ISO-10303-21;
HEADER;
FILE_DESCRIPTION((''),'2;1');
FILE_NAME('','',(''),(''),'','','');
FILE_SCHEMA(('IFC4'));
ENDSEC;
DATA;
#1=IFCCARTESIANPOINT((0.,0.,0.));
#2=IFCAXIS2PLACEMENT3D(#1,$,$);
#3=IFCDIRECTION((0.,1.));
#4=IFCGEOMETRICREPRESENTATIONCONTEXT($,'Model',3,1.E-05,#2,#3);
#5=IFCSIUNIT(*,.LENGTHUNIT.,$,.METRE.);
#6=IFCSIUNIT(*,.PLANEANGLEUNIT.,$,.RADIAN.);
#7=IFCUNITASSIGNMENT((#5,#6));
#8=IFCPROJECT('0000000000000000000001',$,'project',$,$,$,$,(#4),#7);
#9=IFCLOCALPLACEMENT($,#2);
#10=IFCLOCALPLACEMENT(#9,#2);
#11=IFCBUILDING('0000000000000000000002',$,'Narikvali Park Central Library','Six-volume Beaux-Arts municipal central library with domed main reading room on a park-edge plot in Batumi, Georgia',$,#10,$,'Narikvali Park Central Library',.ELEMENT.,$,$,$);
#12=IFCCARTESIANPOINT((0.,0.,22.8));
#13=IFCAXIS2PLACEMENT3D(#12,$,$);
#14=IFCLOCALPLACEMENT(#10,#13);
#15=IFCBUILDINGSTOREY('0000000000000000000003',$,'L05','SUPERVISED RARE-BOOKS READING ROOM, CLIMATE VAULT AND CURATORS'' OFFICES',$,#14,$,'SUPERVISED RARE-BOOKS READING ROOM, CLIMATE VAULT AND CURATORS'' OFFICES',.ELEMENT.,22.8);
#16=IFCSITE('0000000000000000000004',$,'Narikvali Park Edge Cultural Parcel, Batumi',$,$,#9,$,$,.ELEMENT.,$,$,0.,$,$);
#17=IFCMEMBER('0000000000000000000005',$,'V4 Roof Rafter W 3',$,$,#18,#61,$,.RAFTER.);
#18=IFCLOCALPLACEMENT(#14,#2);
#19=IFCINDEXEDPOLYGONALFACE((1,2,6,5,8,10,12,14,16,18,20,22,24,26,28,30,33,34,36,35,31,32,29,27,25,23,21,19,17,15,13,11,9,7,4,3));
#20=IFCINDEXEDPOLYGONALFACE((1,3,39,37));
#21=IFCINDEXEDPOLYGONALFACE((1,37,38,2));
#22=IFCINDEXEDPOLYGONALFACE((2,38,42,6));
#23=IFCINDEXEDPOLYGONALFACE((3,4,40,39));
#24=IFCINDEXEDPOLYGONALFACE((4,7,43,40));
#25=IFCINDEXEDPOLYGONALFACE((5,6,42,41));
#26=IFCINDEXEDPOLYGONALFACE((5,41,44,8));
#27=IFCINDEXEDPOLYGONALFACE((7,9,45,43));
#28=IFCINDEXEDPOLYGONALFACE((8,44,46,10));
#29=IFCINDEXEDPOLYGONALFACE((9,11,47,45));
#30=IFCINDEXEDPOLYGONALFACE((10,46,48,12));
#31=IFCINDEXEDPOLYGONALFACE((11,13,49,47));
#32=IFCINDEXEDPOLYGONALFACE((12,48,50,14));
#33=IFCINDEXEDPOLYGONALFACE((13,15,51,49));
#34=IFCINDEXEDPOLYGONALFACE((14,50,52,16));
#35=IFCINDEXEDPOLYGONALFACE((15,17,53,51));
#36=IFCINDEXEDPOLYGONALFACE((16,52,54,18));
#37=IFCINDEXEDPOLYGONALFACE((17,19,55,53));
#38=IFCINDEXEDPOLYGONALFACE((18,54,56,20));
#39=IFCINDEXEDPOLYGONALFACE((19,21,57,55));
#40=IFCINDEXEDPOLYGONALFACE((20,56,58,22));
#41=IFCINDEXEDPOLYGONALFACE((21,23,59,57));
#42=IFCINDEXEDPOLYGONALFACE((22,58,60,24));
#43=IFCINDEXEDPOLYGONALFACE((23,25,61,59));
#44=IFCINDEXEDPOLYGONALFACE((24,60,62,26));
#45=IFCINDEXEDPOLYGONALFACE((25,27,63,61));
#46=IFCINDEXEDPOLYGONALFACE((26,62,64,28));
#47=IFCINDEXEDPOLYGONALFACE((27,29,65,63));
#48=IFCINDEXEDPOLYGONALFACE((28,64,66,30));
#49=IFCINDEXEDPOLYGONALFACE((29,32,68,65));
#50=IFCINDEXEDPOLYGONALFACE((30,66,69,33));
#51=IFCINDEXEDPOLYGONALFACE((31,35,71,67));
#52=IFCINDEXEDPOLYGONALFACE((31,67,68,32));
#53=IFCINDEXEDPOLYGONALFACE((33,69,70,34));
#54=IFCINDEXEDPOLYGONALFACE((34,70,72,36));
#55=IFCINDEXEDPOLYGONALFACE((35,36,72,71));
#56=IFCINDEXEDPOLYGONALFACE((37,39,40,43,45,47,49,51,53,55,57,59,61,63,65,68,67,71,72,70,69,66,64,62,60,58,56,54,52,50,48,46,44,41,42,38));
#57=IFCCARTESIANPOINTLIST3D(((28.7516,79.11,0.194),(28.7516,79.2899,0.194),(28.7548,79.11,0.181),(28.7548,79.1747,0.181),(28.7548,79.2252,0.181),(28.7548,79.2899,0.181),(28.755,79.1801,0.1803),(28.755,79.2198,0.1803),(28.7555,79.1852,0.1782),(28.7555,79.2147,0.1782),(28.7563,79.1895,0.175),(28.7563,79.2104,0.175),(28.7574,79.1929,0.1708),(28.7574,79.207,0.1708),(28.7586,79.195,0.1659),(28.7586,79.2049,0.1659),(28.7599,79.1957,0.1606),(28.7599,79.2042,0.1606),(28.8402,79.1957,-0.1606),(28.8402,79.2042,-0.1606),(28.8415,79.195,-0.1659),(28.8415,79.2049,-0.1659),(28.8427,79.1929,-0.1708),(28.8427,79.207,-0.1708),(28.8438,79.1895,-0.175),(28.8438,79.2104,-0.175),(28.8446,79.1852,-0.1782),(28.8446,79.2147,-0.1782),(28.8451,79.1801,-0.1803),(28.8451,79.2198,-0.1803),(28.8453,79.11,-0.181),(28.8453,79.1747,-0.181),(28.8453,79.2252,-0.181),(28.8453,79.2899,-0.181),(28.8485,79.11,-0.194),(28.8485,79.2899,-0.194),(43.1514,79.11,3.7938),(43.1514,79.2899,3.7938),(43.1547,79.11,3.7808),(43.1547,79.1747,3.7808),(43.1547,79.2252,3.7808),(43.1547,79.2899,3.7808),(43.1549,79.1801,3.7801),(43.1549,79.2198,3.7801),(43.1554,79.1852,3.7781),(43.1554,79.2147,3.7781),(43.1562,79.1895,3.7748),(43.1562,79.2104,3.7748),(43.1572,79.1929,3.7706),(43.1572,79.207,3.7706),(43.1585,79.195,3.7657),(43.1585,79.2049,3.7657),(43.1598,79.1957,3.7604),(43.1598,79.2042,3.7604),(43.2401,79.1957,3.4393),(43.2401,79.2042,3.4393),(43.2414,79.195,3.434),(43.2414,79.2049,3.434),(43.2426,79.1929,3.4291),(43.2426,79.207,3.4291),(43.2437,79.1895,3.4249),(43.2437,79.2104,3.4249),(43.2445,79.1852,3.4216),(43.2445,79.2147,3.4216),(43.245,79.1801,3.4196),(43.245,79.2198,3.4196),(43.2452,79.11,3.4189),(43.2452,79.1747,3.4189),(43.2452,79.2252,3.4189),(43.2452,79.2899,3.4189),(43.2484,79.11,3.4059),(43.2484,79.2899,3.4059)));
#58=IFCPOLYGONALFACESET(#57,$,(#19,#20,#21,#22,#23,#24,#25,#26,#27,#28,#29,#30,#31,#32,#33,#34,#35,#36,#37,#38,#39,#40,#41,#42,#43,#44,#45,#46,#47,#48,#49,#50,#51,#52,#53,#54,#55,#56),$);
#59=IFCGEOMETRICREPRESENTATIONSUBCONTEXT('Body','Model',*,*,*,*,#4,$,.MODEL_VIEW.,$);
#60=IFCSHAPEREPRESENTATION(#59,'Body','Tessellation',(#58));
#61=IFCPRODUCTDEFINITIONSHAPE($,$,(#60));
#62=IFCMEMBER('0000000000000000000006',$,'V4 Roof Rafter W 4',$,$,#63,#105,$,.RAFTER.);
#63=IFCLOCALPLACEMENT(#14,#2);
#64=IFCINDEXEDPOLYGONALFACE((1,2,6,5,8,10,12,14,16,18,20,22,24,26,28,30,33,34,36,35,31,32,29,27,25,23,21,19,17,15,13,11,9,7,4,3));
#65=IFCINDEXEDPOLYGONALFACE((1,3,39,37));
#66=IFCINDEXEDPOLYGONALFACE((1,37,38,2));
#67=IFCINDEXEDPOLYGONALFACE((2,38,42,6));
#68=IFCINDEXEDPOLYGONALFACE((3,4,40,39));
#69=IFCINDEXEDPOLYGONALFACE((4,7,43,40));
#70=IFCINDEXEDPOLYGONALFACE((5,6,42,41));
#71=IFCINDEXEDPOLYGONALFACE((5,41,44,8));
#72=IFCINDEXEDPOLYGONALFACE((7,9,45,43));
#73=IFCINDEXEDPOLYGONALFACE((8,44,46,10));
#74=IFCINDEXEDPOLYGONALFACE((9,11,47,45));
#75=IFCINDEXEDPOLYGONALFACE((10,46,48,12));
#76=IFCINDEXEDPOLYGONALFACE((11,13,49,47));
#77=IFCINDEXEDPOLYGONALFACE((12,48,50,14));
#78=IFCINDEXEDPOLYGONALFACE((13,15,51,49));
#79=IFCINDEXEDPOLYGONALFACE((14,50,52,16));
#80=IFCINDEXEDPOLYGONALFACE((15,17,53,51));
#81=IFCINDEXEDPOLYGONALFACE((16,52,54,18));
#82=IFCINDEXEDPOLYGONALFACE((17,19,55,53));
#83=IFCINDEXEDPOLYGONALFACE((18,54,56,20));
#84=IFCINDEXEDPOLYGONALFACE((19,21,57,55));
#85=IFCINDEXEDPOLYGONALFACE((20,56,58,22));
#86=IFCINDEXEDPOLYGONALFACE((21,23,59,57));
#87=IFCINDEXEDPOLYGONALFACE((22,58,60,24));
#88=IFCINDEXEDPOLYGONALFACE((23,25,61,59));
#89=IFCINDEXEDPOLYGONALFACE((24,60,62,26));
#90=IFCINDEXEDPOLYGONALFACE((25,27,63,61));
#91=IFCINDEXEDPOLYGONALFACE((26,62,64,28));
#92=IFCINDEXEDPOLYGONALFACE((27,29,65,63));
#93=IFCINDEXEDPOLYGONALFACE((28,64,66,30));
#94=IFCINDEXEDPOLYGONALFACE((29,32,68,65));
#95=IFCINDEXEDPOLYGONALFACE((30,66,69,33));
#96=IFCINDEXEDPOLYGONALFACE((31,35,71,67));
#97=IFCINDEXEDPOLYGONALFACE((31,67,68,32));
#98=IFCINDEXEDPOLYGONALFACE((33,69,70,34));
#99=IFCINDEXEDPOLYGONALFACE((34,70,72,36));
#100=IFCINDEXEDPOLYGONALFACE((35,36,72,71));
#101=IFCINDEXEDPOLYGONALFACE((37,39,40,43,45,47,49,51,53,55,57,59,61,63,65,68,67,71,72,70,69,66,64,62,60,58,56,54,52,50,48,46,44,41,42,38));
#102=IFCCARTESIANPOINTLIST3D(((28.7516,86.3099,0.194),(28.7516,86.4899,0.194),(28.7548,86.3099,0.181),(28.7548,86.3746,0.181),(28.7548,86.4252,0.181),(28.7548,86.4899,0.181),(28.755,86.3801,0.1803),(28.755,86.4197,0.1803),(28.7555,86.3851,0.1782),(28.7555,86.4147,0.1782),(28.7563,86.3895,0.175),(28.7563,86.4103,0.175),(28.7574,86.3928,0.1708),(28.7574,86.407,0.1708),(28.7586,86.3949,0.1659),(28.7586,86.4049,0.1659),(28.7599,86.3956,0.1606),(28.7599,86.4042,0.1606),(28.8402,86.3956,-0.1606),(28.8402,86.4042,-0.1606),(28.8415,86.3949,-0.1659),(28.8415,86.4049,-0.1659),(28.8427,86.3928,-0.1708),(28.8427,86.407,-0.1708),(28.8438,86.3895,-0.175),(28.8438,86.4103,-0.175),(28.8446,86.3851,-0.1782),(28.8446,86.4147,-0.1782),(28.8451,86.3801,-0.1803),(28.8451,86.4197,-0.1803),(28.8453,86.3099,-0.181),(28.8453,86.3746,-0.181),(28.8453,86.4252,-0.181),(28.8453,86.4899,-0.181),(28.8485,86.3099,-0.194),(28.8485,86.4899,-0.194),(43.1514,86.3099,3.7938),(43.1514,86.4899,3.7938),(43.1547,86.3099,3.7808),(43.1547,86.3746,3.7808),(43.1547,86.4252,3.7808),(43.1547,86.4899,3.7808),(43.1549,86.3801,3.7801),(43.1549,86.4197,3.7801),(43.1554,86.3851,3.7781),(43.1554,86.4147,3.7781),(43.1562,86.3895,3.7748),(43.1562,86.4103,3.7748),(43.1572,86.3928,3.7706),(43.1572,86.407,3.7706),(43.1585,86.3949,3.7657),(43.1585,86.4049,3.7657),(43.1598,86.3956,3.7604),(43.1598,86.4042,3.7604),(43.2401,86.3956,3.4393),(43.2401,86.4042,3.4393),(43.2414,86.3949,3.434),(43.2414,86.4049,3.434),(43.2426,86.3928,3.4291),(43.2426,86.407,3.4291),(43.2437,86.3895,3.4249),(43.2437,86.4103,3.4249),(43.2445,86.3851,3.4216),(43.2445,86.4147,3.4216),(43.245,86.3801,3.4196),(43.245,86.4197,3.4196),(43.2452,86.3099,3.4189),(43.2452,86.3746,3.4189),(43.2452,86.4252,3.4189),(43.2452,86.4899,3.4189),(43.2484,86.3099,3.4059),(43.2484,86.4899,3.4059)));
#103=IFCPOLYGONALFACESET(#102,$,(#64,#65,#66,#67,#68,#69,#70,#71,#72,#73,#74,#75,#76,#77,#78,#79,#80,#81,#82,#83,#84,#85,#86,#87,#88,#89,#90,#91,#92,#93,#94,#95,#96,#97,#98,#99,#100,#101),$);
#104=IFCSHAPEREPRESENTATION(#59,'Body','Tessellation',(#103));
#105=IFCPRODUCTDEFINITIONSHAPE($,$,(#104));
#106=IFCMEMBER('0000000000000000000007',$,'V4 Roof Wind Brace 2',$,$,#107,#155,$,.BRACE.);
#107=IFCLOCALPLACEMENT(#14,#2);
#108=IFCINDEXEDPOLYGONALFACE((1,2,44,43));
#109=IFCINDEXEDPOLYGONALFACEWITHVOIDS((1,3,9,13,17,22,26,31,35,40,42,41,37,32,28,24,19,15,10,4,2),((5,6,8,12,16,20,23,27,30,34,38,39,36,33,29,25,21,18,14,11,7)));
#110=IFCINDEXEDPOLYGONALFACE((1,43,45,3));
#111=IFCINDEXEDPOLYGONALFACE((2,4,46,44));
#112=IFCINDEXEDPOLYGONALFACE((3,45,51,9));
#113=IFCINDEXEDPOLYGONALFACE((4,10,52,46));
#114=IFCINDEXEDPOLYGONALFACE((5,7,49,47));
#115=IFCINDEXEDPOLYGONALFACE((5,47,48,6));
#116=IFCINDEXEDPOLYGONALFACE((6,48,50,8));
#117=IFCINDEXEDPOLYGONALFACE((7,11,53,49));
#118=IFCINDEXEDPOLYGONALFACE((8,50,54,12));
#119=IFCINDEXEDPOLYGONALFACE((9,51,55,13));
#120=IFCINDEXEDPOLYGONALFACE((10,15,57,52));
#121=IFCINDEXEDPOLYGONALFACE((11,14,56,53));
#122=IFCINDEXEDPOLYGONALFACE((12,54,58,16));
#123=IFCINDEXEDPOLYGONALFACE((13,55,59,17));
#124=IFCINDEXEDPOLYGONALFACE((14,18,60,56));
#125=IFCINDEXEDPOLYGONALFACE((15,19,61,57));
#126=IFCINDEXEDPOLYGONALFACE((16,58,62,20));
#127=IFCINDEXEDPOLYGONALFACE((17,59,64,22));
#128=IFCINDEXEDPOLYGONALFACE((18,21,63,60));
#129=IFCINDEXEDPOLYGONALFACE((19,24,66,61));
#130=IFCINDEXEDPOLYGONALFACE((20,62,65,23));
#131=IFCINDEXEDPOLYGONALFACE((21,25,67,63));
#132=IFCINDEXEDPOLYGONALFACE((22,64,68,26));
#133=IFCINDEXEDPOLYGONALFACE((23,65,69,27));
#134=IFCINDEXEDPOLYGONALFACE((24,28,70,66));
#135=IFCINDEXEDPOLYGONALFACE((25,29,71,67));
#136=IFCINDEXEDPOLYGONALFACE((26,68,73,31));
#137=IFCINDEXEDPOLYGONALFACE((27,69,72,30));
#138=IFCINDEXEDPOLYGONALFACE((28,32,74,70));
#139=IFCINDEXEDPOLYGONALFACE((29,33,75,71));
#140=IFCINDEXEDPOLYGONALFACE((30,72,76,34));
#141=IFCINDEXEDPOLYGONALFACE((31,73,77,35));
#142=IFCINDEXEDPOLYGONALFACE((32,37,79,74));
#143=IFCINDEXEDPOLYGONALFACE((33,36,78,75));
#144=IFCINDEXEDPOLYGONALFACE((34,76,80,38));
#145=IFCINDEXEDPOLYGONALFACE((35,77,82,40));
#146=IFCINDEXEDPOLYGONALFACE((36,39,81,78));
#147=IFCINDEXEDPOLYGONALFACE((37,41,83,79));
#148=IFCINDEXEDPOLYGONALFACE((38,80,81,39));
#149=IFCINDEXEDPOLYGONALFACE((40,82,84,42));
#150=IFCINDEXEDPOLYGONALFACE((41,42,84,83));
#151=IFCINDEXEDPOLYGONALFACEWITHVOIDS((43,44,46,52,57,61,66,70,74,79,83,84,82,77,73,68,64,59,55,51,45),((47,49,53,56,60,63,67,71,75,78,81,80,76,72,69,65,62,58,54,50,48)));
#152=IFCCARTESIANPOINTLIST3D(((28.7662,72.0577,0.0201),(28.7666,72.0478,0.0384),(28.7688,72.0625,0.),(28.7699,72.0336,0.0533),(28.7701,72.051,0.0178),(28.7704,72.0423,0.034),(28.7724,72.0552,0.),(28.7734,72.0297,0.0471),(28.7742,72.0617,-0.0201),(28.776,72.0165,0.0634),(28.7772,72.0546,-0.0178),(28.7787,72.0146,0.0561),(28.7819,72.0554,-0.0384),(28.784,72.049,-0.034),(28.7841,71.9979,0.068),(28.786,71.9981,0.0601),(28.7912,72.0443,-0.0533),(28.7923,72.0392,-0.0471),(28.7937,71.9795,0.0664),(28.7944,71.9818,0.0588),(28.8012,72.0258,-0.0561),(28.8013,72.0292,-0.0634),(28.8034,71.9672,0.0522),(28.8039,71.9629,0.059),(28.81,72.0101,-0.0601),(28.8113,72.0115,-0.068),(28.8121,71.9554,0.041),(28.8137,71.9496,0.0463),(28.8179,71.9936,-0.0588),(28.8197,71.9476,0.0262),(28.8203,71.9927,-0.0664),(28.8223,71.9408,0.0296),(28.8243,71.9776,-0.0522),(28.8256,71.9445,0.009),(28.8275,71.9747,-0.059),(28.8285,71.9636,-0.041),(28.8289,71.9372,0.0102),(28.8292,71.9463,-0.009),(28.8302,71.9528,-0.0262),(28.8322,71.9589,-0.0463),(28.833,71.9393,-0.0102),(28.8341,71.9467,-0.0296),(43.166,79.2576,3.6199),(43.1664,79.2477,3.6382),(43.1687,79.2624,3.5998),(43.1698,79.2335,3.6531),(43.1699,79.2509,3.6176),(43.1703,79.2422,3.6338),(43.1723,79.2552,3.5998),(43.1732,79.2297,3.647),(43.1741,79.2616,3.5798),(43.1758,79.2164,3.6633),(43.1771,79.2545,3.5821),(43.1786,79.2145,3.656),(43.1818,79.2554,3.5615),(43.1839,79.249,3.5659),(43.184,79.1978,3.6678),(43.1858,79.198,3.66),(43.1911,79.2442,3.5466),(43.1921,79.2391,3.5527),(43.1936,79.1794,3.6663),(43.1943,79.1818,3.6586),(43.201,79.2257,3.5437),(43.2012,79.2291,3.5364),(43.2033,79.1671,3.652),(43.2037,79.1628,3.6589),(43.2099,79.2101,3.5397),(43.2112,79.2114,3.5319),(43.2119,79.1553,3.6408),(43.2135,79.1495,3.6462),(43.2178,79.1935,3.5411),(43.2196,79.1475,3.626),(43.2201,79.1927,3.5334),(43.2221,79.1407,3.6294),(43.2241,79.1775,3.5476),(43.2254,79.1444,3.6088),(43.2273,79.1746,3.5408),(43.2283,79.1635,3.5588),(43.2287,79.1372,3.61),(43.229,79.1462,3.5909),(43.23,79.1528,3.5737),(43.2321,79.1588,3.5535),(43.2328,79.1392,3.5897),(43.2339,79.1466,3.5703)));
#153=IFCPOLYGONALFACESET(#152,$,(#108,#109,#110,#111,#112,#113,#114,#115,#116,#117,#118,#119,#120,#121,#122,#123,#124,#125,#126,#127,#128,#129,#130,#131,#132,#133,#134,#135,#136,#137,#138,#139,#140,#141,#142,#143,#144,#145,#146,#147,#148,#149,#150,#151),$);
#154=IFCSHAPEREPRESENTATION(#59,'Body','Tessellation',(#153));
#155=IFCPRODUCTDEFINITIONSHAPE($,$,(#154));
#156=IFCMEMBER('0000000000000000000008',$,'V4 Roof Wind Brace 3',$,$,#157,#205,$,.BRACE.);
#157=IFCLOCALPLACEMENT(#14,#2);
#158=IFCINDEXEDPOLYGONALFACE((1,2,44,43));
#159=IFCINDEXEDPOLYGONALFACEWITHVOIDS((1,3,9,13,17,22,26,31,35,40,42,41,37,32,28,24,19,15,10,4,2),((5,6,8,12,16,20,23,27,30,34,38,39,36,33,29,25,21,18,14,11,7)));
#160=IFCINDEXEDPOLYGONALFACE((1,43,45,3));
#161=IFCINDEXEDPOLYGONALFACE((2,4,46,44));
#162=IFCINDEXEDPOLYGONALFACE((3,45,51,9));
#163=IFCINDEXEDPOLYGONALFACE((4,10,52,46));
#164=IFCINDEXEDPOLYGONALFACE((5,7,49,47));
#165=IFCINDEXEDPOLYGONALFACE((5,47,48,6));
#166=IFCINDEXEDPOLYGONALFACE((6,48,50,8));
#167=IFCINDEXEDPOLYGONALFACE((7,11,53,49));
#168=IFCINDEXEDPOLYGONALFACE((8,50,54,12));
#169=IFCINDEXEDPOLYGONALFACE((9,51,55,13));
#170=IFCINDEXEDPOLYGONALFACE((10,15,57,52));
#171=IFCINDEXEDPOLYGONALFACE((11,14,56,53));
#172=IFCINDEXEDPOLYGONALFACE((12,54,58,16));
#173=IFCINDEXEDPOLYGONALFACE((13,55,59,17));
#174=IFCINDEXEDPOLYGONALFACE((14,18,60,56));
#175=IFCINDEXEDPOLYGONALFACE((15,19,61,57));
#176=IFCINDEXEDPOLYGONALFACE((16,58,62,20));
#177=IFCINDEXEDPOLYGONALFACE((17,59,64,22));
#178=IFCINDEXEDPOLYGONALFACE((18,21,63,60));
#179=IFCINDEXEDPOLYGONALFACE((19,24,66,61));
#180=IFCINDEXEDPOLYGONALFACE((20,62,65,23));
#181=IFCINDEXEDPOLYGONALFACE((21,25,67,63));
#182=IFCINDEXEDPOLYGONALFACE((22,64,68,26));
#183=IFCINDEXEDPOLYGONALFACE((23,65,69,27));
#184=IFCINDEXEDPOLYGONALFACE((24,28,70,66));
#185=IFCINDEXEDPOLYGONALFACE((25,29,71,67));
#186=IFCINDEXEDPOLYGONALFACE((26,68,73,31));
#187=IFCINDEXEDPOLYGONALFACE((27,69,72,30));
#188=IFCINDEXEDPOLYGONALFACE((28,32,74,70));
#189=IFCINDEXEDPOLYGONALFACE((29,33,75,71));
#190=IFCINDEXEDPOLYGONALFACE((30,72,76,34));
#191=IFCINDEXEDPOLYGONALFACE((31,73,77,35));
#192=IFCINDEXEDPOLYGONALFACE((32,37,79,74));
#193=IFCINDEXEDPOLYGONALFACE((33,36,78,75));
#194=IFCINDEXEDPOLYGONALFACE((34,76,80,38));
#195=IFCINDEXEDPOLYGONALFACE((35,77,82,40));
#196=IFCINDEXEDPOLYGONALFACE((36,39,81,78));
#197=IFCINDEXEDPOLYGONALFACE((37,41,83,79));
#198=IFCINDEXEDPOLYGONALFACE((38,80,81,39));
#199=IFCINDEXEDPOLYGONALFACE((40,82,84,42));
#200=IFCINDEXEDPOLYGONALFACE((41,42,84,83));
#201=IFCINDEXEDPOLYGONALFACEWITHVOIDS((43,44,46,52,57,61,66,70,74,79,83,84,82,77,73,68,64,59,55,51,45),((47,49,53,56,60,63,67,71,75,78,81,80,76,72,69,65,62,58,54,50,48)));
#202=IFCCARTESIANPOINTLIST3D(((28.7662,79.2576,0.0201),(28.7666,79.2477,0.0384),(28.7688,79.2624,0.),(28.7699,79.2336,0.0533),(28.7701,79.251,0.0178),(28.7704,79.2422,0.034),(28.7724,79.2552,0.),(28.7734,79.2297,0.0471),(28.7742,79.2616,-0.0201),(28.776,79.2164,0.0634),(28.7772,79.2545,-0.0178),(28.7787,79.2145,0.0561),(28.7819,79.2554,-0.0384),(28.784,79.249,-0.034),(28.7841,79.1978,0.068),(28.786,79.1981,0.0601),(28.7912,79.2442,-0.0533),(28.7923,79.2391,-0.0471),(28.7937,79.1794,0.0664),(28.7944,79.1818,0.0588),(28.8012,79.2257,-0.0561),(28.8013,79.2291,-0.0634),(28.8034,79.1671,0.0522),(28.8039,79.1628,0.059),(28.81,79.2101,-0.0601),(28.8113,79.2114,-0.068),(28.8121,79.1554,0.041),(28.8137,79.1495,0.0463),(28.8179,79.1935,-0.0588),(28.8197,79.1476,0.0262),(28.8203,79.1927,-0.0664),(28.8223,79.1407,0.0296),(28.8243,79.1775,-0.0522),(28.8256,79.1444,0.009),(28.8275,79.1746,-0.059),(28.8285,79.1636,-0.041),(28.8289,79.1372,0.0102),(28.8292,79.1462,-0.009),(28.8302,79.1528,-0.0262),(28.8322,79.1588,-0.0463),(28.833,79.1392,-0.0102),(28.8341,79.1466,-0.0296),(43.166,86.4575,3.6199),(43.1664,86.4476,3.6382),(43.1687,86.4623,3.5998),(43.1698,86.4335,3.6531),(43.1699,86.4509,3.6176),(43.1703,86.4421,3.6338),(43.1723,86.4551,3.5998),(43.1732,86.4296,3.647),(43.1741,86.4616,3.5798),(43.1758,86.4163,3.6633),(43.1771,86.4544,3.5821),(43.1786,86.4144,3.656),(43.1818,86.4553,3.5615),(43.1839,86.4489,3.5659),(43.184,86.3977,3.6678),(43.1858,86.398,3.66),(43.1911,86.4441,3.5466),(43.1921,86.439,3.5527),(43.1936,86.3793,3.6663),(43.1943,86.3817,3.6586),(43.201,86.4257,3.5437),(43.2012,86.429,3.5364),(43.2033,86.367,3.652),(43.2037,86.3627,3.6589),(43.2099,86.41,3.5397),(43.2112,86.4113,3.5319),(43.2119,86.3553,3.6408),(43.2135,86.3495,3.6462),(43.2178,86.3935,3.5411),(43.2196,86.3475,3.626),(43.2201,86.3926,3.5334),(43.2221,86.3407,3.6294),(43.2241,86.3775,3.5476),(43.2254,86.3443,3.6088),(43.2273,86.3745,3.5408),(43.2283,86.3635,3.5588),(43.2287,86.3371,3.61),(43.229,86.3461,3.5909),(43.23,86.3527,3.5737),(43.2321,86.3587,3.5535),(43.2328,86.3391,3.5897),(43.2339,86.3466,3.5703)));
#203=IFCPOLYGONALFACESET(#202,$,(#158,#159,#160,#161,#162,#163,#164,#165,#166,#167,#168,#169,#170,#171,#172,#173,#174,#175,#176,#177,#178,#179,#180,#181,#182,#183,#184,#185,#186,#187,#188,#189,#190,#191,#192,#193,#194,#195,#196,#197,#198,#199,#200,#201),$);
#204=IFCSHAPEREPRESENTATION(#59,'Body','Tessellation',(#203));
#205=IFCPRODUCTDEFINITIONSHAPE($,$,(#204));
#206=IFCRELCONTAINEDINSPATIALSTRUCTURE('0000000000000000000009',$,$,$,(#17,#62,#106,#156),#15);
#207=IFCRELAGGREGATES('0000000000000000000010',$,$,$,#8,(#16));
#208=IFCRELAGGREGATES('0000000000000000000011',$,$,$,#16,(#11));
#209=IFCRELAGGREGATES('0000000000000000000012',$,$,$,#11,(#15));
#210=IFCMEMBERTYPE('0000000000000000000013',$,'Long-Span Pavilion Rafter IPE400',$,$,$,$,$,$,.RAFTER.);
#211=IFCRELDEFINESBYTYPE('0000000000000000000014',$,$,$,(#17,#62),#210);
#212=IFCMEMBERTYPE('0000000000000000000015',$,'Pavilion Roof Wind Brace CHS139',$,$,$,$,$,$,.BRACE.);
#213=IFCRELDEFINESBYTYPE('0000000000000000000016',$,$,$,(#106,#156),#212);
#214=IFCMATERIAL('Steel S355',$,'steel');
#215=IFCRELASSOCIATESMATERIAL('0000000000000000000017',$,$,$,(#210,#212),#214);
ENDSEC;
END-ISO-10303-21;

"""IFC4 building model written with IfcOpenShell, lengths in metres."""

from ifc_helpers import new_model, si_unit, direction, frame, origin, origin_2d, place, context, subcontext, project, spatial, hollow_circle, i_section, extrude, material, material_profile, profile_set, type_object, element, save


model = new_model("IFC4")

# Units and contexts
model_context = context("Model", 3, precision=1e-05, world=origin(), true_north=direction((0.0, 1.0)))
body_context = subcontext(model_context, "Body", "Model", "MODEL_VIEW")
ifc_project = project(units=[si_unit("LENGTHUNIT", "METRE"), si_unit("PLANEANGLEUNIT", "RADIAN")], contexts=[model_context])

# Site, building, storey
site_placement = place(None, origin())
site = spatial("IfcSite", under=ifc_project, at=site_placement, Name="Narikvali Park Edge Cultural Parcel, Batumi", CompositionType="ELEMENT", RefElevation=0.0)
building_placement = place(site_placement, origin())
building = spatial("IfcBuilding", under=site, at=building_placement, Name="Narikvali Park Central Library", Description="Six-volume Beaux-Arts municipal central library with domed main reading room on a park-edge plot in Batumi, Georgia", LongName="Narikvali Park Central Library", CompositionType="ELEMENT")
storey_placement = place(building_placement, frame((0.0, 0.0, 22.8)))
storey = spatial("IfcBuildingStorey", under=building, at=storey_placement, Name="L05", Description="SUPERVISED RARE-BOOKS READING ROOM, CLIMATE VAULT AND CURATORS' OFFICES", LongName="SUPERVISED RARE-BOOKS READING ROOM, CLIMATE VAULT AND CURATORS' OFFICES", CompositionType="ELEMENT", Elevation=22.8)

# Members
ifc_material_1 = material(Name="Steel S355", Category="steel")
ifc_material_profile_1 = material_profile(ifc_material_1, i_section(OverallWidth=0.1799, OverallDepth=0.3999, WebThickness=0.0085, FlangeThickness=0.0134, FilletRadius=0.021, at=origin_2d()), Name="IPE 400")
ifc_profile_set_1 = profile_set([ifc_material_profile_1], Name="Steel S355")
member_type_1 = type_object("IfcMemberType", Name="Long-Span Pavilion Rafter IPE400", PredefinedType="RAFTER", material=ifc_profile_set_1)
for number, where, z_axis, x_axis, name in (
    (1, (28.8, 79.2, 0.0), (0.970144, 0.0, 0.242528), (0.0, 1.0, 0.0), "V4 Roof Rafter W 3"),
    (2, (28.8, 86.3999, 0.0), (0.970144, 0.0, 0.242528), (0.0, 1.0, 0.0), "V4 Roof Rafter W 4"),
):
    element("IfcMember", number, at=place(storey_placement, frame(where, z_axis=z_axis, x_axis=x_axis)), inside=storey, type_object=member_type_1, Name=name, PredefinedType="RAFTER", context=body_context, shape_type="SweptSolid", body=[
        extrude(i_section(OverallWidth=0.1799, OverallDepth=0.3999, WebThickness=0.0085, FlangeThickness=0.0134, FilletRadius=0.021, at=origin_2d()), origin(), (0.0, 0.0, 1.0), 14.843),
    ])
ifc_material_profile_2 = material_profile(ifc_material_1, hollow_circle(Radius=0.0698, WallThickness=0.0081, at=origin_2d()), Name="CHS 139.7x8")
ifc_profile_set_2 = profile_set([ifc_material_profile_2], Name="Steel S355")
member_type_2 = type_object("IfcMemberType", Name="Pavilion Roof Wind Brace CHS139", PredefinedType="BRACE", material=ifc_profile_set_2)
for number, where, z_axis, x_axis, name in (
    (3, (28.8, 72.0, 0.0), (0.872873, 0.436436, 0.218211), (-0.447214, 0.894427, 0.0), "V4 Roof Wind Brace 2"),
    (4, (28.8, 79.2, 0.0), (0.872873, 0.436436, 0.218211), (-0.447214, 0.894427, 0.0), "V4 Roof Wind Brace 3"),
):
    element("IfcMember", number, at=place(storey_placement, frame(where, z_axis=z_axis, x_axis=x_axis)), inside=storey, type_object=member_type_2, Name=name, PredefinedType="BRACE", context=body_context, shape_type="SweptSolid", body=[
        extrude(hollow_circle(Radius=0.0698, WallThickness=0.0081, at=origin_2d()), origin(), (0.0, 0.0, 1.0), 16.4971),
    ])

save(model, "model.ifc")
